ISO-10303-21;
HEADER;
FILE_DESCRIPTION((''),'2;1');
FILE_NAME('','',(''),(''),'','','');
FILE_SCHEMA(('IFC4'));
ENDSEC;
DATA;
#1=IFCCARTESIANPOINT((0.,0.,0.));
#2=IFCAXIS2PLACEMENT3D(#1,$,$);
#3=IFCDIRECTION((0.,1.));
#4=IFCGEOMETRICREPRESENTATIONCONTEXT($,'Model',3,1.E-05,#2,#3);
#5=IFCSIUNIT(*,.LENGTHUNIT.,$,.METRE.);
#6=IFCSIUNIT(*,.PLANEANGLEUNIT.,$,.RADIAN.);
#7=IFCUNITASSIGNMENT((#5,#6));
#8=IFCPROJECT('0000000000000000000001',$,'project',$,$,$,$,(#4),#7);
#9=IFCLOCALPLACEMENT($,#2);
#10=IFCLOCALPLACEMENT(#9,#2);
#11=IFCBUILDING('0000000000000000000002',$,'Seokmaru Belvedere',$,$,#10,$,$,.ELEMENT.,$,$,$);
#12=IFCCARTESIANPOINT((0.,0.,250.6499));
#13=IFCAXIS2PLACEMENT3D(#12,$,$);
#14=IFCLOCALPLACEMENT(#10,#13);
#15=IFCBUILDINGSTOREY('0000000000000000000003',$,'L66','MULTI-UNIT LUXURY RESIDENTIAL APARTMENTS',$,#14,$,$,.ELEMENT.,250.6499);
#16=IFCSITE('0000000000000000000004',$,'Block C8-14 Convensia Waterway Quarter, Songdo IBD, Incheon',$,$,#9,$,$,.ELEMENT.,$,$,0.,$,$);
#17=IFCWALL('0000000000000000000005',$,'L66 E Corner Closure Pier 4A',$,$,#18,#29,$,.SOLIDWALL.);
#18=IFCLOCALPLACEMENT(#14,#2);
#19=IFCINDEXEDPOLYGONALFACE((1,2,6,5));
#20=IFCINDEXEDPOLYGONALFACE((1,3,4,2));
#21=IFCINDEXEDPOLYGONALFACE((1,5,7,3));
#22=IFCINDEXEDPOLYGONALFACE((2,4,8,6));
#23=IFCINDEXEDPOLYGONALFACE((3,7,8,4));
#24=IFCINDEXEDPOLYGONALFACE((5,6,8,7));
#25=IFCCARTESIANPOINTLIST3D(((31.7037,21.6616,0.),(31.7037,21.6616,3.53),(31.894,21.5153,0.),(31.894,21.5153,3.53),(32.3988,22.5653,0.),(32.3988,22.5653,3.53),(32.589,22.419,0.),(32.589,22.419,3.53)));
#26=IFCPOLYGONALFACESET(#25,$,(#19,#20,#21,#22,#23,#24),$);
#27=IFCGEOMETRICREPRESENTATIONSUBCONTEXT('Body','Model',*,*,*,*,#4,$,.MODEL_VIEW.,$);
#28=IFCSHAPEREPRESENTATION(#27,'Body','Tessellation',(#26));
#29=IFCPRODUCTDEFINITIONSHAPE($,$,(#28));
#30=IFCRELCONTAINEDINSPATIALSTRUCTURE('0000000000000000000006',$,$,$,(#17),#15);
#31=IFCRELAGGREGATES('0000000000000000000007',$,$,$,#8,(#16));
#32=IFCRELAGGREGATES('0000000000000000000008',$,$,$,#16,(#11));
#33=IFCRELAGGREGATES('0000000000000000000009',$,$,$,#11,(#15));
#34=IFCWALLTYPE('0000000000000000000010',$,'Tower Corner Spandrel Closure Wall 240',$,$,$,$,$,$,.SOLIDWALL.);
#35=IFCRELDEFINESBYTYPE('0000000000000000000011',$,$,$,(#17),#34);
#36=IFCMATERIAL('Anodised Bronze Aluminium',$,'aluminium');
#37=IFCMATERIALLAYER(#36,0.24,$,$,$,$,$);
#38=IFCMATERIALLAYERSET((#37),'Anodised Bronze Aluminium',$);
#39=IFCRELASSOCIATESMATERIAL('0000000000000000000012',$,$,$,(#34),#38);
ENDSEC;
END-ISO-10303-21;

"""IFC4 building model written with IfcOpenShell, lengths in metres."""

from ifc_helpers import new_model, si_unit, direction, frame, frame_2d, origin, place, context, subcontext, project, spatial, rectangle, extrude, material, layer, layer_set, type_object, element, save


model = new_model("IFC4")

# Units and contexts
model_context = context("Model", 3, precision=1e-05, world=origin(), true_north=direction((0.0, 1.0)))
body_context = subcontext(model_context, "Body", "Model", "MODEL_VIEW")
ifc_project = project(units=[si_unit("LENGTHUNIT", "METRE"), si_unit("PLANEANGLEUNIT", "RADIAN")], contexts=[model_context])

# Site, building, storey
site_placement = place(None, origin())
site = spatial("IfcSite", under=ifc_project, at=site_placement, Name="Block C8-14 Convensia Waterway Quarter, Songdo IBD, Incheon", CompositionType="ELEMENT", RefElevation=0.0)
building_placement = place(site_placement, origin())
building = spatial("IfcBuilding", under=site, at=building_placement, Name="Seokmaru Belvedere", CompositionType="ELEMENT")
storey_placement = place(building_placement, frame((0.0, 0.0, 250.6499)))
storey = spatial("IfcBuildingStorey", under=building, at=storey_placement, Name="L66", Description="MULTI-UNIT LUXURY RESIDENTIAL APARTMENTS", CompositionType="ELEMENT", Elevation=250.6499)

# Shared definitions
ifc_material_1 = material(Name="Anodised Bronze Aluminium", Category="aluminium")

# Wall
ifc_layer_1 = layer(ifc_material_1, 0.24)
ifc_layer_set_1 = layer_set([ifc_layer_1], Name="Anodised Bronze Aluminium")
wall_type_1 = type_object("IfcWallType", Name="Tower Corner Spandrel Closure Wall 240", PredefinedType="SOLIDWALL", material=ifc_layer_set_1)
for number, where, z_axis, x_axis, name in (
    (1, (32.4939, 22.4922, 0.0), (0.0, 0.0, 1.0), (-0.609618, -0.792696, 0.0), "L66 E Corner Closure Pier 4A"),
):
    element("IfcWall", number, at=place(storey_placement, frame(where, z_axis=z_axis, x_axis=x_axis)), inside=storey, type_object=wall_type_1, Name=name, PredefinedType="SOLIDWALL", context=body_context, shape_type="SweptSolid", body=[
        extrude(rectangle(XDim=1.1401, YDim=0.24, at=frame_2d((0.5701, 0.0))), origin(), (0.0, 0.0, 1.0), 3.53),
    ])

save(model, "model.ifc")
